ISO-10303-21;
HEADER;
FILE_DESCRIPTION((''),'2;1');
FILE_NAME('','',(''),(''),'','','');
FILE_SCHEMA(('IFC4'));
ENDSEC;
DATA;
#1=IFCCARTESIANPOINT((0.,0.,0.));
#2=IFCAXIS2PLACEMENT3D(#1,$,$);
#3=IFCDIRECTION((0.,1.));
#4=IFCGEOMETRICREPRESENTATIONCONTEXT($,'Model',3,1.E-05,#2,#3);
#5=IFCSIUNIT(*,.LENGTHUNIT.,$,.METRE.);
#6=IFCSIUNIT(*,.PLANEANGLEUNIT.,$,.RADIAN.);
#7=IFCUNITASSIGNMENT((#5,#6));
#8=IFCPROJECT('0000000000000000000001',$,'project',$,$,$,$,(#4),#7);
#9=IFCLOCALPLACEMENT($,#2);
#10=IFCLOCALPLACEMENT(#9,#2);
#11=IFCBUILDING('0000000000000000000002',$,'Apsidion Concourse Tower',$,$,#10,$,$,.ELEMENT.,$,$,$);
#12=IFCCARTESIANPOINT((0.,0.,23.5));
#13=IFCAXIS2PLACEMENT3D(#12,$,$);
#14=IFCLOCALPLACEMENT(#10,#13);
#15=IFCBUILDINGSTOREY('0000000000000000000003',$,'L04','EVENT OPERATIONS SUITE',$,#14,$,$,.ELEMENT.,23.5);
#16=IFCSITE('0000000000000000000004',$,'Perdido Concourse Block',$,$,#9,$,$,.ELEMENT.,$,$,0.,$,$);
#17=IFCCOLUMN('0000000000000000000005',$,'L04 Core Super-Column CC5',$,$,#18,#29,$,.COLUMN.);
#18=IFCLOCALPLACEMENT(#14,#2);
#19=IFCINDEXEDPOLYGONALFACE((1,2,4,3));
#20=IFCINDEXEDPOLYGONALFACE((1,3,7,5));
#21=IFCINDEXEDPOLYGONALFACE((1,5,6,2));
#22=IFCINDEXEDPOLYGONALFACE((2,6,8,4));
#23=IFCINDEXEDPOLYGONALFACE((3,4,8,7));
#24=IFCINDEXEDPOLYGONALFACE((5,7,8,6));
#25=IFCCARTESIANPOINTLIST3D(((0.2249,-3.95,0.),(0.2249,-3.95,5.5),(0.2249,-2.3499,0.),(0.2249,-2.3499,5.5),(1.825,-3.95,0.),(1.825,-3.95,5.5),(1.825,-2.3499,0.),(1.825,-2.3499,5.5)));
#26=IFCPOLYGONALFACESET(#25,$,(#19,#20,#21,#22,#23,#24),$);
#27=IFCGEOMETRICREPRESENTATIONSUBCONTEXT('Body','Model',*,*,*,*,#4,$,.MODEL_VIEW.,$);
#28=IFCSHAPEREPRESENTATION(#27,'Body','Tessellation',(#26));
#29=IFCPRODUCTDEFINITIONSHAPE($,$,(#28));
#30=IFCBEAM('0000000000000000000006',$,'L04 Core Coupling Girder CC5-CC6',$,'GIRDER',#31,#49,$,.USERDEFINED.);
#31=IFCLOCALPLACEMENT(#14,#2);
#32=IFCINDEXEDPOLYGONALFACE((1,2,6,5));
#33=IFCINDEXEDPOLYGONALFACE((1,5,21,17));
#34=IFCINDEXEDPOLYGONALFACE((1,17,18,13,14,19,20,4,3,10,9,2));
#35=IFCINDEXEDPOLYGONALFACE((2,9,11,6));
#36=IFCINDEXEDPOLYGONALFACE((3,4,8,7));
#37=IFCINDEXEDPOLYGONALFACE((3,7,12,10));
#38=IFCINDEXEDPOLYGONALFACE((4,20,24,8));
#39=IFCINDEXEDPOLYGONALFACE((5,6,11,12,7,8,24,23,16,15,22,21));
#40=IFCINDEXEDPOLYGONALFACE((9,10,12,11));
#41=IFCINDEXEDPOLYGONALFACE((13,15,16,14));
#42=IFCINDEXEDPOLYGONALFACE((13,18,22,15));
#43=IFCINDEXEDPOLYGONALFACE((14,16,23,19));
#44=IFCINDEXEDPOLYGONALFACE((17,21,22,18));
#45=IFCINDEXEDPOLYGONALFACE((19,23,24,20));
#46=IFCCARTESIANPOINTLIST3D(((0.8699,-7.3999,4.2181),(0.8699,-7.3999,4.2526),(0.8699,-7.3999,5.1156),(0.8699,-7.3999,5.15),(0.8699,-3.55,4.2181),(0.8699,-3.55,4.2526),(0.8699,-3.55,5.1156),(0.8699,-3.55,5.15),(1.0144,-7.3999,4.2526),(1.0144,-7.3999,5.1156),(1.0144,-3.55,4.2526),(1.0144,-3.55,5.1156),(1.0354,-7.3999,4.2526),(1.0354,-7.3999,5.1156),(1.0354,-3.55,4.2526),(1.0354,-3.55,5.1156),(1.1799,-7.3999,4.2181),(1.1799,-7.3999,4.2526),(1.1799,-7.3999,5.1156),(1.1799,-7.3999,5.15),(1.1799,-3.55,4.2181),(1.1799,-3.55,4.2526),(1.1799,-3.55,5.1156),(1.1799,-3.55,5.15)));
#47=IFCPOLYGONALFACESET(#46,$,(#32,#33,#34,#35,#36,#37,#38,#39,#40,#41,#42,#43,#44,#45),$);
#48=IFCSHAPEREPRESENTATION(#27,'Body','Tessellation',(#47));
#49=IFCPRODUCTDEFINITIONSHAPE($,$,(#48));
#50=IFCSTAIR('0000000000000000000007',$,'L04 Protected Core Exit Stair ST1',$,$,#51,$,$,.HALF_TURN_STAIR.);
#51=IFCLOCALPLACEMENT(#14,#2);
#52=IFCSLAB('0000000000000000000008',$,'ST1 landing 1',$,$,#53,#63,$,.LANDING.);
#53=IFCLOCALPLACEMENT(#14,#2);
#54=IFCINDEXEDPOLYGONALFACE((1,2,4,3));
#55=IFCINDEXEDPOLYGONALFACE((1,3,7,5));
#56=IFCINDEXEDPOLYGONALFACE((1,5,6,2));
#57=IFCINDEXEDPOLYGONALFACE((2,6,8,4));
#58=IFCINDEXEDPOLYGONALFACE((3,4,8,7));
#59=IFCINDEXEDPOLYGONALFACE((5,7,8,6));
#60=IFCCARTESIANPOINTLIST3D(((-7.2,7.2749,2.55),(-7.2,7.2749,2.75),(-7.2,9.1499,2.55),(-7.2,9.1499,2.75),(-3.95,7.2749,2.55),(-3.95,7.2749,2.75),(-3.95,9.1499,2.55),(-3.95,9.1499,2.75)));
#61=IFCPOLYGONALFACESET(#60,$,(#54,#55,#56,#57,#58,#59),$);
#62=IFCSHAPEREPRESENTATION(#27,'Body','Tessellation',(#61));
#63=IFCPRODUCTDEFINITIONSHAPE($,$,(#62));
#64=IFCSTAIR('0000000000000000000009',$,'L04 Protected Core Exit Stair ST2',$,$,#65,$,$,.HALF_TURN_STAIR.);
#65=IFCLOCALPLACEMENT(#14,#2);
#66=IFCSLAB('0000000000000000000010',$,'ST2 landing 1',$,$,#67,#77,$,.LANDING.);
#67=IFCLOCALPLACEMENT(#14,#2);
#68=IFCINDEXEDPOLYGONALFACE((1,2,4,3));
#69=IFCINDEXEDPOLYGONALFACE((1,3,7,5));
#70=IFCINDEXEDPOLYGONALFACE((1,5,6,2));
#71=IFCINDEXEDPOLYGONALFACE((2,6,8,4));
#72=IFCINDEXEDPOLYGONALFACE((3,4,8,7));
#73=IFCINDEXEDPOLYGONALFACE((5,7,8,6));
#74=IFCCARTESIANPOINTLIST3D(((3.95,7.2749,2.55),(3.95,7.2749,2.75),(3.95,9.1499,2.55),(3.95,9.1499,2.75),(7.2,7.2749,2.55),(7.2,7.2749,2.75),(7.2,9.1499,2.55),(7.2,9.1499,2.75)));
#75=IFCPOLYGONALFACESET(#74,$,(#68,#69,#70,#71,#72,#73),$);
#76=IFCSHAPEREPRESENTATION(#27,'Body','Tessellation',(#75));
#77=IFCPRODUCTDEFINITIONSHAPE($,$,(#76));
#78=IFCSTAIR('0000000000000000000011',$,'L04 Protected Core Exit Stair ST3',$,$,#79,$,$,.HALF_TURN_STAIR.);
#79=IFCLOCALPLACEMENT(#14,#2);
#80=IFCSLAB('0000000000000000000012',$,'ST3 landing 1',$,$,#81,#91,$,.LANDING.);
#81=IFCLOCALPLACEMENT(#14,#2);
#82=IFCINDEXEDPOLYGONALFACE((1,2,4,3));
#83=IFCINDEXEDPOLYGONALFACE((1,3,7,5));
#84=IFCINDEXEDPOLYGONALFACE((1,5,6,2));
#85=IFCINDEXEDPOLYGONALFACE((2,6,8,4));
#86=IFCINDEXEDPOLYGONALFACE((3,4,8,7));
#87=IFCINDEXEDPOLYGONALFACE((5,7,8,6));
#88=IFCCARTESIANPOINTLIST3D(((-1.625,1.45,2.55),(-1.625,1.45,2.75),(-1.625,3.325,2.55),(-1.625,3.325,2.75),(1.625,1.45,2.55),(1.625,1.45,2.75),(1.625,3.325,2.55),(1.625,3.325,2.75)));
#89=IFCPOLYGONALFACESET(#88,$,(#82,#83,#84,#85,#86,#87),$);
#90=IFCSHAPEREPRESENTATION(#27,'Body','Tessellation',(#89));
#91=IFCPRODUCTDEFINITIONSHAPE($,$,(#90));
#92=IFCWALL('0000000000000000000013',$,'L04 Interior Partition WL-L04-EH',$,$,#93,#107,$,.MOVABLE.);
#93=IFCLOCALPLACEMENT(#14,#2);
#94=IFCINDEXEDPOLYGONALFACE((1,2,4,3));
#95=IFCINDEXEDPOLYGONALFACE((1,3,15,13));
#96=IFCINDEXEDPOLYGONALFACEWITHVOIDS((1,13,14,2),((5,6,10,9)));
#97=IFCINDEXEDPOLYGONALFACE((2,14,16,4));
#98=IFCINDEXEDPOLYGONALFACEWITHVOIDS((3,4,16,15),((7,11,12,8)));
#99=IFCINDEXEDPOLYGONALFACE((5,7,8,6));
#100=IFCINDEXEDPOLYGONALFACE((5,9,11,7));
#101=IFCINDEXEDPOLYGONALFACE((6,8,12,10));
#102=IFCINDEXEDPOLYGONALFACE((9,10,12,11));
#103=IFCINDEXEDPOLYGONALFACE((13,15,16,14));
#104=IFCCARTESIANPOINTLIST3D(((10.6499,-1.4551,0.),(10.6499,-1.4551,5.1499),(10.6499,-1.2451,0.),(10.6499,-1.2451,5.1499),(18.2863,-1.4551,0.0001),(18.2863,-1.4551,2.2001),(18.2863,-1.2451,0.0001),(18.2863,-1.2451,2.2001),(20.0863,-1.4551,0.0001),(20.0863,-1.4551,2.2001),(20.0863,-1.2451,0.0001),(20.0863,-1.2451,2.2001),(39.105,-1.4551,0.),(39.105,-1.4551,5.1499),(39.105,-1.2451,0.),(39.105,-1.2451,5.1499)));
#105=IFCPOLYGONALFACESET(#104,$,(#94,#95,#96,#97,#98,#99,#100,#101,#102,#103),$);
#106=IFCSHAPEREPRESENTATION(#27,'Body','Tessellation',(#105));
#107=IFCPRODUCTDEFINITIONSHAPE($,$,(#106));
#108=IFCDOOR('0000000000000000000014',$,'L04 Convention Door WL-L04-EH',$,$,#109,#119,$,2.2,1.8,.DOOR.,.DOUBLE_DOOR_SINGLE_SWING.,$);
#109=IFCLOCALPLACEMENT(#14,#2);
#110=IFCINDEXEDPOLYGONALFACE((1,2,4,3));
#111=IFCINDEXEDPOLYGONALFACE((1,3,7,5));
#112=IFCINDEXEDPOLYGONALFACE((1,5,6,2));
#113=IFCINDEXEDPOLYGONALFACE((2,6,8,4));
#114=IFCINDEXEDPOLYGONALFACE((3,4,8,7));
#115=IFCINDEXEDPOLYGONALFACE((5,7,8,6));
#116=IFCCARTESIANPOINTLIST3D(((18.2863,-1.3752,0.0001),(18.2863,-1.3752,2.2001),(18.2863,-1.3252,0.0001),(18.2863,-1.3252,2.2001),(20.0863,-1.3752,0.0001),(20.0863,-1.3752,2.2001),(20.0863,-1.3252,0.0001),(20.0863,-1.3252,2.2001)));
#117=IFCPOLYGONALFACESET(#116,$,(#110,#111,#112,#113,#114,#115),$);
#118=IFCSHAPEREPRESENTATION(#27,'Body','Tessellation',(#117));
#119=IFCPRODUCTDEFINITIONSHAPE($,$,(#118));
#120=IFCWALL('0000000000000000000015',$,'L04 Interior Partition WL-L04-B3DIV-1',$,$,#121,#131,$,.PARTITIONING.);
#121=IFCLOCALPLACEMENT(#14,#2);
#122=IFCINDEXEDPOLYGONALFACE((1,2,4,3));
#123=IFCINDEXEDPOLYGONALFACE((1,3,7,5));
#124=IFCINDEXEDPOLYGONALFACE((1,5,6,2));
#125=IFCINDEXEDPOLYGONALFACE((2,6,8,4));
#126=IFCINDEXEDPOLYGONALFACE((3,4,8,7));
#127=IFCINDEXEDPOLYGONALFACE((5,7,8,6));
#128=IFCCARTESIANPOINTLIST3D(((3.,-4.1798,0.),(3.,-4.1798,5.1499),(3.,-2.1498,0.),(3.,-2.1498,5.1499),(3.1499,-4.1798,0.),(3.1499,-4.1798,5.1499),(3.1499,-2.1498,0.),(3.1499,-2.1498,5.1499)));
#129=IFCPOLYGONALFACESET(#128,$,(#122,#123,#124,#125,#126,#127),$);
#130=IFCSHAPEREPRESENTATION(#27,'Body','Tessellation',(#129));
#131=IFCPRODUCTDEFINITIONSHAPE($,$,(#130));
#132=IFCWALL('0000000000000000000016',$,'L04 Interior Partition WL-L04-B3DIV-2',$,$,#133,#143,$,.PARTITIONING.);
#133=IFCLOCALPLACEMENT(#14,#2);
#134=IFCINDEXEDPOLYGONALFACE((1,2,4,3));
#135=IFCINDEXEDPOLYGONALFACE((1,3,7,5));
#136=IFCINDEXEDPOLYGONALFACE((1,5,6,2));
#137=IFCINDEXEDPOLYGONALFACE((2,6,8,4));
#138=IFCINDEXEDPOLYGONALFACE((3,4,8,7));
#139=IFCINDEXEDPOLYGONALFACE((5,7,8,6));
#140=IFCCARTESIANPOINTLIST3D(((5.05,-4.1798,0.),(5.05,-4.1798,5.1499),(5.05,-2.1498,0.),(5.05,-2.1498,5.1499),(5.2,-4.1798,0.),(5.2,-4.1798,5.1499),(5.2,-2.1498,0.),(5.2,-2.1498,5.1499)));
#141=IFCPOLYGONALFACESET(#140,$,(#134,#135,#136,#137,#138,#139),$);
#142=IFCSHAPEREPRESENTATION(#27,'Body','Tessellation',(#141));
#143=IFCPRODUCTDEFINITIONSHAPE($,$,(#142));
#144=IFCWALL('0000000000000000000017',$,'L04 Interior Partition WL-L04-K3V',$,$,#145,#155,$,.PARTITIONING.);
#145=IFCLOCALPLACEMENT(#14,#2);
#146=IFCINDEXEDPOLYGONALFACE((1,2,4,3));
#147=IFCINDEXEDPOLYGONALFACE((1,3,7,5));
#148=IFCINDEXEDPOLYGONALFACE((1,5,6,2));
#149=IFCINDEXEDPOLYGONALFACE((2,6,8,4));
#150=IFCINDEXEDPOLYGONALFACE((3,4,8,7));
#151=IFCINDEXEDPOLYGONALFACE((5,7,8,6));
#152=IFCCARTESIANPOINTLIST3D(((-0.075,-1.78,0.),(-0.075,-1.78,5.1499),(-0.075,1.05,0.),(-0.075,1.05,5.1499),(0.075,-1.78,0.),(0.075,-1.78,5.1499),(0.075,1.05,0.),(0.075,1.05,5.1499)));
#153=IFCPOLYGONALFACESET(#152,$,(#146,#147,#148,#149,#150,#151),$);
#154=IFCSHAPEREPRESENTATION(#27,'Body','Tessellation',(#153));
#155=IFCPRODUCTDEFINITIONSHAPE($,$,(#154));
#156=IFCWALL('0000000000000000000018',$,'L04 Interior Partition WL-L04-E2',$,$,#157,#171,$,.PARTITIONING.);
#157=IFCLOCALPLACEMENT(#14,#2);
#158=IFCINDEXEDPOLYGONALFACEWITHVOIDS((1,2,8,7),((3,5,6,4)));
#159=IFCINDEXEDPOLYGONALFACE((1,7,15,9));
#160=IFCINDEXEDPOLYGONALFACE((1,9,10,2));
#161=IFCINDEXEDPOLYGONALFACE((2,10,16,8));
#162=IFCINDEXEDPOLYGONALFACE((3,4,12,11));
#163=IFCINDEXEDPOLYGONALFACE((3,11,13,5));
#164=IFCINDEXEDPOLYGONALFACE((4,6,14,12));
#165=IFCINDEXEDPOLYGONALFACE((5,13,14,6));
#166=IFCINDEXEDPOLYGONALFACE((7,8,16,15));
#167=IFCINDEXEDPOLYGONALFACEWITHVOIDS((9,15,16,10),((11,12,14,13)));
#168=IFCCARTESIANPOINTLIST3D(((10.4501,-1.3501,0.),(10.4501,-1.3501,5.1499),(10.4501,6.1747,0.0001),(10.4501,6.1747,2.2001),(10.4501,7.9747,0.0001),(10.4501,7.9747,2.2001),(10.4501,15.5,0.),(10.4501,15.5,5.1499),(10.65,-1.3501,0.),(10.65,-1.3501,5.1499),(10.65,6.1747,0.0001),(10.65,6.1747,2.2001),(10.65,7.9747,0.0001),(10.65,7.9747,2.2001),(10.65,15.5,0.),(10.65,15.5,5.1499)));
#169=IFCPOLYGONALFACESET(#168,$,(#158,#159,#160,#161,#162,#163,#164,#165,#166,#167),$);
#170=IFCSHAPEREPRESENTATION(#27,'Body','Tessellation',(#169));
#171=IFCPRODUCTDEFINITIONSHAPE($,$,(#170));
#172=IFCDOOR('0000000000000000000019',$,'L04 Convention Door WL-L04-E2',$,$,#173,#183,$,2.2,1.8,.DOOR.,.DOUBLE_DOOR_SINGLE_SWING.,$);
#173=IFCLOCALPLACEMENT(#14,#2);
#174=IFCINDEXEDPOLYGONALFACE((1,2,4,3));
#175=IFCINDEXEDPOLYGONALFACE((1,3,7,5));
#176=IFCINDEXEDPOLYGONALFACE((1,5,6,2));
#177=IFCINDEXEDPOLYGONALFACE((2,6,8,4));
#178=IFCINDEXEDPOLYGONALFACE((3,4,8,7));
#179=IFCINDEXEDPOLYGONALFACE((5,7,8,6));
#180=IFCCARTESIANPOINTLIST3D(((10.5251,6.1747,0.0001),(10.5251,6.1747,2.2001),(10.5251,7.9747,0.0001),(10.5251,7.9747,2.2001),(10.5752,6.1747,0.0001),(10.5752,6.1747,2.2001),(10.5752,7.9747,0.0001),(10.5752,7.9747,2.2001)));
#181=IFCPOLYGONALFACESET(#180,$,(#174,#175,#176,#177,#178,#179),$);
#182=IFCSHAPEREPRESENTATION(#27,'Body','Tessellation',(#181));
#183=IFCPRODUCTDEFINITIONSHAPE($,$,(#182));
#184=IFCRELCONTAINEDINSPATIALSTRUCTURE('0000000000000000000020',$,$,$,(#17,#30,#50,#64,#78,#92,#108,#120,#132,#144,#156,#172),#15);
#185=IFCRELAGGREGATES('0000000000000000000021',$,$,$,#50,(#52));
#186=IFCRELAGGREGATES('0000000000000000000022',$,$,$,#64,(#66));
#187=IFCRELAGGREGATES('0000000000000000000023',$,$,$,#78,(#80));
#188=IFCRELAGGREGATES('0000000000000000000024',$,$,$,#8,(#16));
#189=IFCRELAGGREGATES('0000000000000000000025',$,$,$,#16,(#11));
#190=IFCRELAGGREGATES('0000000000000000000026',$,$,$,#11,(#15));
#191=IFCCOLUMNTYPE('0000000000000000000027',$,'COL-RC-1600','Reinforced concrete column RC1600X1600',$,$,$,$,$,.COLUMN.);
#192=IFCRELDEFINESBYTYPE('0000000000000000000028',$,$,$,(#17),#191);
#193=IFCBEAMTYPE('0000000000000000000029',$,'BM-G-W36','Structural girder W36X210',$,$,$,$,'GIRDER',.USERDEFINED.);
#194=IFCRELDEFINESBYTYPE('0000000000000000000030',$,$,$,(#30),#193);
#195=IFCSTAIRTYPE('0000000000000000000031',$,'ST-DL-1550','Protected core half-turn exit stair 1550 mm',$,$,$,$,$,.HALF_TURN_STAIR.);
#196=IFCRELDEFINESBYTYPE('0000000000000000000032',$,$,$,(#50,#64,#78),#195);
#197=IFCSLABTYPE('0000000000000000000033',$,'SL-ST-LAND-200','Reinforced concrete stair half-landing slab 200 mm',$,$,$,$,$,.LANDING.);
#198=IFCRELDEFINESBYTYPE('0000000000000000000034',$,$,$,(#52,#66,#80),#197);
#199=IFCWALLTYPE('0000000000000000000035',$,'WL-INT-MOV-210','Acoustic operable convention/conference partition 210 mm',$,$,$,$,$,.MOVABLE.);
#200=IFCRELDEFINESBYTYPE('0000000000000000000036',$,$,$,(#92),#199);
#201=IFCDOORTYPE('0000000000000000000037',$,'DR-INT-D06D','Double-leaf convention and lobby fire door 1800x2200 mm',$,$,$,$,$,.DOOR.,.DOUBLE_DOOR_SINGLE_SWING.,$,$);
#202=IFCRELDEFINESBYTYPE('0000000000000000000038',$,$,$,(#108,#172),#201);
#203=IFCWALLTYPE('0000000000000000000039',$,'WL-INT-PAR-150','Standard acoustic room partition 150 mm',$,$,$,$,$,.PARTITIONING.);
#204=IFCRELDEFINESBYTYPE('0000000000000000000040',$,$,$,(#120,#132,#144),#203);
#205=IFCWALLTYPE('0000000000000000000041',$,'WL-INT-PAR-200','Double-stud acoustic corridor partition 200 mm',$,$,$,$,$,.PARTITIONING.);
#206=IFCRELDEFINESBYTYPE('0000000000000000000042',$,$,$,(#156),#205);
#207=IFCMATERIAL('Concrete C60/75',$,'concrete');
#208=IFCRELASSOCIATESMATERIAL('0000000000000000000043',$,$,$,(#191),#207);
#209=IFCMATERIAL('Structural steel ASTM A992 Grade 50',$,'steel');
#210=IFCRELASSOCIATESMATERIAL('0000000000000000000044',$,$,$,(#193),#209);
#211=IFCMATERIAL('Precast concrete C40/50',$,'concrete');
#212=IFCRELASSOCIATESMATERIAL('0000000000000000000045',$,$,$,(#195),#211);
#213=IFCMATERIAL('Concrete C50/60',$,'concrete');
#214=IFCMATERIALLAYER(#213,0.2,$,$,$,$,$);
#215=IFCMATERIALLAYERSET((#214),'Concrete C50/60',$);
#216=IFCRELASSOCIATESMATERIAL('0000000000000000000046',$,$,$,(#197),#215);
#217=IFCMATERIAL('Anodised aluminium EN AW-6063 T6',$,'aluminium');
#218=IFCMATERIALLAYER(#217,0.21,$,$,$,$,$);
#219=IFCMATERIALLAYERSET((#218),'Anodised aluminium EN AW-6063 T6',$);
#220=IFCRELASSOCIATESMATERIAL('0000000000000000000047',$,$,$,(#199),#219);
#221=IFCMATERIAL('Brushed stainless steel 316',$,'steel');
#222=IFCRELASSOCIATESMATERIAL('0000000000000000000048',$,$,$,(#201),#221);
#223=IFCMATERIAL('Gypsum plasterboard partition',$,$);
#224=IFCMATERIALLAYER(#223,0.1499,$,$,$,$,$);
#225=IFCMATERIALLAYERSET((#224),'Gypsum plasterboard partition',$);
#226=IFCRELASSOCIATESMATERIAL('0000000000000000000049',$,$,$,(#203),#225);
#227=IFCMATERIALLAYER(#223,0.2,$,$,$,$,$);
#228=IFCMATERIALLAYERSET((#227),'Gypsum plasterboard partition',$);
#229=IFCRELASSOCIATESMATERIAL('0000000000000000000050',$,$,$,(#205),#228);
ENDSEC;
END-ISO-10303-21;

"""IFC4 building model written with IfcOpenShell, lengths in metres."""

from ifc_helpers import new_model, si_unit, direction, frame, frame_2d, origin, origin_2d, place, context, subcontext, project, spatial, polyline, rectangle, i_section, outline, extrude, material, layer, layer_set, material_profile, profile_set, type_object, element, fill, aggregate, save


model = new_model("IFC4")

# Units and contexts
model_context = context("Model", 3, precision=1e-05, world=origin(), true_north=direction((0.0, 1.0)))
body_context = subcontext(model_context, "Body", "Model", "MODEL_VIEW")
ifc_project = project(units=[si_unit("LENGTHUNIT", "METRE"), si_unit("PLANEANGLEUNIT", "RADIAN")], contexts=[model_context])

# Site, building, storey
site_placement = place(None, origin())
site = spatial("IfcSite", under=ifc_project, at=site_placement, Name="Perdido Concourse Block", CompositionType="ELEMENT", RefElevation=0.0)
building_placement = place(site_placement, origin())
building = spatial("IfcBuilding", under=site, at=building_placement, Name="Apsidion Concourse Tower", CompositionType="ELEMENT")
storey_placement = place(building_placement, frame((0.0, 0.0, 23.5)))
storey = spatial("IfcBuildingStorey", under=building, at=storey_placement, Name="L04", Description="EVENT OPERATIONS SUITE", CompositionType="ELEMENT", Elevation=23.5)

# Column
ifc_material_1 = material(Name="Concrete C60/75", Category="concrete")
ifc_material_profile_1 = material_profile(ifc_material_1, rectangle(XDim=1.6001, YDim=1.6001, at=origin_2d()), Name="RC 1600x1600")
ifc_profile_set_1 = profile_set([ifc_material_profile_1], Name="Concrete C60/75")
column_type = type_object("IfcColumnType", Name="COL-RC-1600", Description="Reinforced concrete column RC1600X1600", PredefinedType="COLUMN", material=ifc_profile_set_1)
column_placement = place(storey_placement, frame((1.0249, -3.1499, 0.0), z_axis=(0.0, 0.0, 1.0), x_axis=(1.0, 0.0, 0.0)))
element("IfcColumn", 1, at=column_placement, inside=storey, type_object=column_type, Name="L04 Core Super-Column CC5", PredefinedType="COLUMN", context=body_context, shape_type="SweptSolid", body=[
    extrude(rectangle(XDim=1.6001, YDim=1.6001, at=origin_2d()), origin(), (0.0, 0.0, 1.0), 5.5),
])

# Beam
ifc_material_2 = material(Name="Structural steel ASTM A992 Grade 50", Category="steel")
ifc_material_profile_2 = material_profile(ifc_material_2, i_section(OverallWidth=0.3101, OverallDepth=0.9319, WebThickness=0.021, FlangeThickness=0.0344, at=origin_2d()), Name="W36X210")
ifc_profile_set_2 = profile_set([ifc_material_profile_2], Name="Structural steel ASTM A992 Grade 50")
beam_type = type_object("IfcBeamType", Name="BM-G-W36", Description="Structural girder W36X210", ElementType="GIRDER", PredefinedType="USERDEFINED", material=ifc_profile_set_2)
beam_placement = place(storey_placement, frame((1.0249, -3.55, 4.6841), z_axis=(0.0, -1.0, 0.0), x_axis=(1.0, 0.0, 0.0)))
element("IfcBeam", 2, at=beam_placement, inside=storey, type_object=beam_type, Name="L04 Core Coupling Girder CC5-CC6", ObjectType="GIRDER", PredefinedType="USERDEFINED", context=body_context, shape_type="SweptSolid", body=[
    extrude(i_section(OverallWidth=0.3101, OverallDepth=0.9319, WebThickness=0.021, FlangeThickness=0.0344, at=origin_2d()), origin(), (0.0, 0.0, 1.0), 3.8499),
])

# Stairs, slabs
ifc_material_3 = material(Name="Precast concrete C40/50", Category="concrete")
stair_type = type_object("IfcStairType", Name="ST-DL-1550", Description="Protected core half-turn exit stair 1550 mm", PredefinedType="HALF_TURN_STAIR", material=ifc_material_3)
stair_1_placement = place(storey_placement, origin())
stair_1 = element("IfcStair", 3, at=stair_1_placement, inside=storey, type_object=stair_type, Name="L04 Protected Core Exit Stair ST1", PredefinedType="HALF_TURN_STAIR")
ifc_material_4 = material(Name="Concrete C50/60", Category="concrete")
ifc_layer_1 = layer(ifc_material_4, 0.2)
ifc_layer_set_1 = layer_set([ifc_layer_1], Name="Concrete C50/60")
slab_type = type_object("IfcSlabType", Name="SL-ST-LAND-200", Description="Reinforced concrete stair half-landing slab 200 mm", PredefinedType="LANDING", material=ifc_layer_set_1)
slab_1_placement = place(storey_placement, frame((0.0, 0.0, 2.55)))
slab_1 = element("IfcSlab", 4, at=slab_1_placement, type_object=slab_type, Name="ST1 landing 1", PredefinedType="LANDING", context=body_context, shape_type="SweptSolid", body=[
    extrude(outline(polyline([(-3.95, 7.2749), (-3.95, 9.1499), (-7.2, 9.1499), (-7.2, 7.2749), (-3.95, 7.2749)])), origin(), (0.0, 0.0, 1.0), 0.2),
])
aggregate(stair_1, [slab_1])
stair_2_placement = place(storey_placement, origin())
stair_2 = element("IfcStair", 5, at=stair_2_placement, inside=storey, type_object=stair_type, Name="L04 Protected Core Exit Stair ST2", PredefinedType="HALF_TURN_STAIR")
slab_2_placement = place(storey_placement, frame((0.0, 0.0, 2.55)))
slab_2 = element("IfcSlab", 6, at=slab_2_placement, type_object=slab_type, Name="ST2 landing 1", PredefinedType="LANDING", context=body_context, shape_type="SweptSolid", body=[
    extrude(outline(polyline([(7.2, 7.2749), (7.2, 9.1499), (3.95, 9.1499), (3.95, 7.2749), (7.2, 7.2749)])), origin(), (0.0, 0.0, 1.0), 0.2),
])
aggregate(stair_2, [slab_2])
stair_3_placement = place(storey_placement, origin())
stair_3 = element("IfcStair", 7, at=stair_3_placement, inside=storey, type_object=stair_type, Name="L04 Protected Core Exit Stair ST3", PredefinedType="HALF_TURN_STAIR")
slab_3_placement = place(storey_placement, frame((0.0, 0.0, 2.55)))
slab_3 = element("IfcSlab", 8, at=slab_3_placement, type_object=slab_type, Name="ST3 landing 1", PredefinedType="LANDING", context=body_context, shape_type="SweptSolid", body=[
    extrude(outline(polyline([(-1.625, 3.325), (-1.625, 1.45), (1.625, 1.45), (1.625, 3.325), (-1.625, 3.325)])), origin(), (0.0, 0.0, 1.0), 0.2),
])
aggregate(stair_3, [slab_3])

# Wall, opening, door
ifc_material_5 = material(Name="Anodised aluminium EN AW-6063 T6", Category="aluminium")
ifc_layer_2 = layer(ifc_material_5, 0.21)
ifc_layer_set_2 = layer_set([ifc_layer_2], Name="Anodised aluminium EN AW-6063 T6")
wall_type_1 = type_object("IfcWallType", Name="WL-INT-MOV-210", Description="Acoustic operable convention/conference partition 210 mm", PredefinedType="MOVABLE", material=ifc_layer_set_2)
wall_1_placement = place(storey_placement, frame((10.6499, -1.3501, 0.0), z_axis=(0.0, 0.0, 1.0), x_axis=(1.0, 0.0, 0.0)))
wall_1 = element("IfcWall", 9, at=wall_1_placement, inside=storey, type_object=wall_type_1, Name="L04 Interior Partition WL-L04-EH", PredefinedType="MOVABLE", context=body_context, shape_type="SweptSolid", body=[
    extrude(rectangle(XDim=28.4551, YDim=0.21, at=frame_2d((14.2275, 0.0))), origin(), (0.0, 0.0, 1.0), 5.1499),
])
opening_1_placement = place(wall_1_placement, frame((7.6365, 0.0, 0.0)))
opening_1 = element("IfcOpeningElement", 10, at=opening_1_placement, cuts=wall_1, PredefinedType="OPENING", context=body_context, shape_type="SweptSolid", body=[
    extrude(rectangle(XDim=1.8, YDim=2.2, at=frame_2d((0.8999, 1.1001))), frame((0.0, 0.115, 0.0), z_axis=(0.0, -1.0, 0.0), x_axis=(1.0, 0.0, 0.0)), (0.0, 0.0, 1.0), 0.23),
])
ifc_material_6 = material(Name="Brushed stainless steel 316", Category="steel")
door_type_1 = type_object("IfcDoorType", Name="DR-INT-D06D", Description="Double-leaf convention and lobby fire door 1800x2200 mm", OperationType="DOUBLE_DOOR_SINGLE_SWING", PredefinedType="DOOR", material=ifc_material_6)
door_1_placement = place(opening_1_placement, origin())
door_1 = element("IfcDoor", 11, at=door_1_placement, inside=storey, type_object=door_type_1, Name="L04 Convention Door WL-L04-EH", OperationType="DOUBLE_DOOR_SINGLE_SWING", OverallHeight=2.2, OverallWidth=1.8, PredefinedType="DOOR", context=body_context, shape_type="SweptSolid", body=[
    extrude(rectangle(XDim=1.8, YDim=2.2, at=frame_2d((0.8999, 1.1001))), frame((0.0, 0.0249, 0.0), z_axis=(0.0, -1.0, 0.0), x_axis=(1.0, 0.0, 0.0)), (0.0, 0.0, 1.0), 0.05),
])
fill(opening_1, door_1)

# Walls
ifc_material_7 = material(Name="Gypsum plasterboard partition")
ifc_layer_3 = layer(ifc_material_7, 0.1499)
ifc_layer_set_3 = layer_set([ifc_layer_3], Name="Gypsum plasterboard partition")
wall_type_2 = type_object("IfcWallType", Name="WL-INT-PAR-150", Description="Standard acoustic room partition 150 mm", PredefinedType="PARTITIONING", material=ifc_layer_set_3)
for number, where, z_axis, x_axis, name in (
    (12, (3.075, -4.1799, 0.0), (0.0, 0.0, 1.0), (0.0, 1.0, 0.0), "L04 Interior Partition WL-L04-B3DIV-1"),
    (13, (5.125, -4.1799, 0.0), (0.0, 0.0, 1.0), (0.0, 1.0, 0.0), "L04 Interior Partition WL-L04-B3DIV-2"),
):
    element("IfcWall", number, at=place(storey_placement, frame(where, z_axis=z_axis, x_axis=x_axis)), inside=storey, type_object=wall_type_2, Name=name, PredefinedType="PARTITIONING", context=body_context, shape_type="SweptSolid", body=[
        extrude(rectangle(XDim=2.03, YDim=0.1499, at=frame_2d((1.0151, 0.0))), origin(), (0.0, 0.0, 1.0), 5.1499),
    ])
wall_2_placement = place(storey_placement, frame((0.0, -1.78, 0.0), z_axis=(0.0, 0.0, 1.0), x_axis=(0.0, 1.0, 0.0)))
element("IfcWall", 14, at=wall_2_placement, inside=storey, type_object=wall_type_2, Name="L04 Interior Partition WL-L04-K3V", PredefinedType="PARTITIONING", context=body_context, shape_type="SweptSolid", body=[
    extrude(rectangle(XDim=2.8301, YDim=0.1499, at=frame_2d((1.415, 0.0))), origin(), (0.0, 0.0, 1.0), 5.1499),
])

# Wall, opening, door
ifc_layer_4 = layer(ifc_material_7, 0.2)
ifc_layer_set_4 = layer_set([ifc_layer_4], Name="Gypsum plasterboard partition")
wall_type_3 = type_object("IfcWallType", Name="WL-INT-PAR-200", Description="Double-stud acoustic corridor partition 200 mm", PredefinedType="PARTITIONING", material=ifc_layer_set_4)
wall_3_placement = place(storey_placement, frame((10.55, -1.3501, 0.0), z_axis=(0.0, 0.0, 1.0), x_axis=(0.0, 1.0, 0.0)))
wall_3 = element("IfcWall", 15, at=wall_3_placement, inside=storey, type_object=wall_type_3, Name="L04 Interior Partition WL-L04-E2", PredefinedType="PARTITIONING", context=body_context, shape_type="SweptSolid", body=[
    extrude(rectangle(XDim=16.8501, YDim=0.2, at=frame_2d((8.425, 0.0))), origin(), (0.0, 0.0, 1.0), 5.1499),
])
opening_2_placement = place(wall_3_placement, frame((7.5249, 0.0, 0.0)))
opening_2 = element("IfcOpeningElement", 16, at=opening_2_placement, cuts=wall_3, PredefinedType="OPENING", context=body_context, shape_type="SweptSolid", body=[
    extrude(rectangle(XDim=1.8, YDim=2.2, at=frame_2d((0.8999, 1.1001))), frame((0.0, 0.1099, 0.0), z_axis=(0.0, -1.0, 0.0), x_axis=(1.0, 0.0, 0.0)), (0.0, 0.0, 1.0), 0.22),
])
door_2_placement = place(opening_2_placement, origin())
door_2 = element("IfcDoor", 17, at=door_2_placement, inside=storey, type_object=door_type_1, Name="L04 Convention Door WL-L04-E2", OperationType="DOUBLE_DOOR_SINGLE_SWING", OverallHeight=2.2, OverallWidth=1.8, PredefinedType="DOOR", context=body_context, shape_type="SweptSolid", body=[
    extrude(rectangle(XDim=1.8, YDim=2.2, at=frame_2d((0.8999, 1.1001))), frame((0.0, 0.0249, 0.0), z_axis=(0.0, -1.0, 0.0), x_axis=(1.0, 0.0, 0.0)), (0.0, 0.0, 1.0), 0.05),
])
fill(opening_2, door_2)

save(model, "model.ifc")
